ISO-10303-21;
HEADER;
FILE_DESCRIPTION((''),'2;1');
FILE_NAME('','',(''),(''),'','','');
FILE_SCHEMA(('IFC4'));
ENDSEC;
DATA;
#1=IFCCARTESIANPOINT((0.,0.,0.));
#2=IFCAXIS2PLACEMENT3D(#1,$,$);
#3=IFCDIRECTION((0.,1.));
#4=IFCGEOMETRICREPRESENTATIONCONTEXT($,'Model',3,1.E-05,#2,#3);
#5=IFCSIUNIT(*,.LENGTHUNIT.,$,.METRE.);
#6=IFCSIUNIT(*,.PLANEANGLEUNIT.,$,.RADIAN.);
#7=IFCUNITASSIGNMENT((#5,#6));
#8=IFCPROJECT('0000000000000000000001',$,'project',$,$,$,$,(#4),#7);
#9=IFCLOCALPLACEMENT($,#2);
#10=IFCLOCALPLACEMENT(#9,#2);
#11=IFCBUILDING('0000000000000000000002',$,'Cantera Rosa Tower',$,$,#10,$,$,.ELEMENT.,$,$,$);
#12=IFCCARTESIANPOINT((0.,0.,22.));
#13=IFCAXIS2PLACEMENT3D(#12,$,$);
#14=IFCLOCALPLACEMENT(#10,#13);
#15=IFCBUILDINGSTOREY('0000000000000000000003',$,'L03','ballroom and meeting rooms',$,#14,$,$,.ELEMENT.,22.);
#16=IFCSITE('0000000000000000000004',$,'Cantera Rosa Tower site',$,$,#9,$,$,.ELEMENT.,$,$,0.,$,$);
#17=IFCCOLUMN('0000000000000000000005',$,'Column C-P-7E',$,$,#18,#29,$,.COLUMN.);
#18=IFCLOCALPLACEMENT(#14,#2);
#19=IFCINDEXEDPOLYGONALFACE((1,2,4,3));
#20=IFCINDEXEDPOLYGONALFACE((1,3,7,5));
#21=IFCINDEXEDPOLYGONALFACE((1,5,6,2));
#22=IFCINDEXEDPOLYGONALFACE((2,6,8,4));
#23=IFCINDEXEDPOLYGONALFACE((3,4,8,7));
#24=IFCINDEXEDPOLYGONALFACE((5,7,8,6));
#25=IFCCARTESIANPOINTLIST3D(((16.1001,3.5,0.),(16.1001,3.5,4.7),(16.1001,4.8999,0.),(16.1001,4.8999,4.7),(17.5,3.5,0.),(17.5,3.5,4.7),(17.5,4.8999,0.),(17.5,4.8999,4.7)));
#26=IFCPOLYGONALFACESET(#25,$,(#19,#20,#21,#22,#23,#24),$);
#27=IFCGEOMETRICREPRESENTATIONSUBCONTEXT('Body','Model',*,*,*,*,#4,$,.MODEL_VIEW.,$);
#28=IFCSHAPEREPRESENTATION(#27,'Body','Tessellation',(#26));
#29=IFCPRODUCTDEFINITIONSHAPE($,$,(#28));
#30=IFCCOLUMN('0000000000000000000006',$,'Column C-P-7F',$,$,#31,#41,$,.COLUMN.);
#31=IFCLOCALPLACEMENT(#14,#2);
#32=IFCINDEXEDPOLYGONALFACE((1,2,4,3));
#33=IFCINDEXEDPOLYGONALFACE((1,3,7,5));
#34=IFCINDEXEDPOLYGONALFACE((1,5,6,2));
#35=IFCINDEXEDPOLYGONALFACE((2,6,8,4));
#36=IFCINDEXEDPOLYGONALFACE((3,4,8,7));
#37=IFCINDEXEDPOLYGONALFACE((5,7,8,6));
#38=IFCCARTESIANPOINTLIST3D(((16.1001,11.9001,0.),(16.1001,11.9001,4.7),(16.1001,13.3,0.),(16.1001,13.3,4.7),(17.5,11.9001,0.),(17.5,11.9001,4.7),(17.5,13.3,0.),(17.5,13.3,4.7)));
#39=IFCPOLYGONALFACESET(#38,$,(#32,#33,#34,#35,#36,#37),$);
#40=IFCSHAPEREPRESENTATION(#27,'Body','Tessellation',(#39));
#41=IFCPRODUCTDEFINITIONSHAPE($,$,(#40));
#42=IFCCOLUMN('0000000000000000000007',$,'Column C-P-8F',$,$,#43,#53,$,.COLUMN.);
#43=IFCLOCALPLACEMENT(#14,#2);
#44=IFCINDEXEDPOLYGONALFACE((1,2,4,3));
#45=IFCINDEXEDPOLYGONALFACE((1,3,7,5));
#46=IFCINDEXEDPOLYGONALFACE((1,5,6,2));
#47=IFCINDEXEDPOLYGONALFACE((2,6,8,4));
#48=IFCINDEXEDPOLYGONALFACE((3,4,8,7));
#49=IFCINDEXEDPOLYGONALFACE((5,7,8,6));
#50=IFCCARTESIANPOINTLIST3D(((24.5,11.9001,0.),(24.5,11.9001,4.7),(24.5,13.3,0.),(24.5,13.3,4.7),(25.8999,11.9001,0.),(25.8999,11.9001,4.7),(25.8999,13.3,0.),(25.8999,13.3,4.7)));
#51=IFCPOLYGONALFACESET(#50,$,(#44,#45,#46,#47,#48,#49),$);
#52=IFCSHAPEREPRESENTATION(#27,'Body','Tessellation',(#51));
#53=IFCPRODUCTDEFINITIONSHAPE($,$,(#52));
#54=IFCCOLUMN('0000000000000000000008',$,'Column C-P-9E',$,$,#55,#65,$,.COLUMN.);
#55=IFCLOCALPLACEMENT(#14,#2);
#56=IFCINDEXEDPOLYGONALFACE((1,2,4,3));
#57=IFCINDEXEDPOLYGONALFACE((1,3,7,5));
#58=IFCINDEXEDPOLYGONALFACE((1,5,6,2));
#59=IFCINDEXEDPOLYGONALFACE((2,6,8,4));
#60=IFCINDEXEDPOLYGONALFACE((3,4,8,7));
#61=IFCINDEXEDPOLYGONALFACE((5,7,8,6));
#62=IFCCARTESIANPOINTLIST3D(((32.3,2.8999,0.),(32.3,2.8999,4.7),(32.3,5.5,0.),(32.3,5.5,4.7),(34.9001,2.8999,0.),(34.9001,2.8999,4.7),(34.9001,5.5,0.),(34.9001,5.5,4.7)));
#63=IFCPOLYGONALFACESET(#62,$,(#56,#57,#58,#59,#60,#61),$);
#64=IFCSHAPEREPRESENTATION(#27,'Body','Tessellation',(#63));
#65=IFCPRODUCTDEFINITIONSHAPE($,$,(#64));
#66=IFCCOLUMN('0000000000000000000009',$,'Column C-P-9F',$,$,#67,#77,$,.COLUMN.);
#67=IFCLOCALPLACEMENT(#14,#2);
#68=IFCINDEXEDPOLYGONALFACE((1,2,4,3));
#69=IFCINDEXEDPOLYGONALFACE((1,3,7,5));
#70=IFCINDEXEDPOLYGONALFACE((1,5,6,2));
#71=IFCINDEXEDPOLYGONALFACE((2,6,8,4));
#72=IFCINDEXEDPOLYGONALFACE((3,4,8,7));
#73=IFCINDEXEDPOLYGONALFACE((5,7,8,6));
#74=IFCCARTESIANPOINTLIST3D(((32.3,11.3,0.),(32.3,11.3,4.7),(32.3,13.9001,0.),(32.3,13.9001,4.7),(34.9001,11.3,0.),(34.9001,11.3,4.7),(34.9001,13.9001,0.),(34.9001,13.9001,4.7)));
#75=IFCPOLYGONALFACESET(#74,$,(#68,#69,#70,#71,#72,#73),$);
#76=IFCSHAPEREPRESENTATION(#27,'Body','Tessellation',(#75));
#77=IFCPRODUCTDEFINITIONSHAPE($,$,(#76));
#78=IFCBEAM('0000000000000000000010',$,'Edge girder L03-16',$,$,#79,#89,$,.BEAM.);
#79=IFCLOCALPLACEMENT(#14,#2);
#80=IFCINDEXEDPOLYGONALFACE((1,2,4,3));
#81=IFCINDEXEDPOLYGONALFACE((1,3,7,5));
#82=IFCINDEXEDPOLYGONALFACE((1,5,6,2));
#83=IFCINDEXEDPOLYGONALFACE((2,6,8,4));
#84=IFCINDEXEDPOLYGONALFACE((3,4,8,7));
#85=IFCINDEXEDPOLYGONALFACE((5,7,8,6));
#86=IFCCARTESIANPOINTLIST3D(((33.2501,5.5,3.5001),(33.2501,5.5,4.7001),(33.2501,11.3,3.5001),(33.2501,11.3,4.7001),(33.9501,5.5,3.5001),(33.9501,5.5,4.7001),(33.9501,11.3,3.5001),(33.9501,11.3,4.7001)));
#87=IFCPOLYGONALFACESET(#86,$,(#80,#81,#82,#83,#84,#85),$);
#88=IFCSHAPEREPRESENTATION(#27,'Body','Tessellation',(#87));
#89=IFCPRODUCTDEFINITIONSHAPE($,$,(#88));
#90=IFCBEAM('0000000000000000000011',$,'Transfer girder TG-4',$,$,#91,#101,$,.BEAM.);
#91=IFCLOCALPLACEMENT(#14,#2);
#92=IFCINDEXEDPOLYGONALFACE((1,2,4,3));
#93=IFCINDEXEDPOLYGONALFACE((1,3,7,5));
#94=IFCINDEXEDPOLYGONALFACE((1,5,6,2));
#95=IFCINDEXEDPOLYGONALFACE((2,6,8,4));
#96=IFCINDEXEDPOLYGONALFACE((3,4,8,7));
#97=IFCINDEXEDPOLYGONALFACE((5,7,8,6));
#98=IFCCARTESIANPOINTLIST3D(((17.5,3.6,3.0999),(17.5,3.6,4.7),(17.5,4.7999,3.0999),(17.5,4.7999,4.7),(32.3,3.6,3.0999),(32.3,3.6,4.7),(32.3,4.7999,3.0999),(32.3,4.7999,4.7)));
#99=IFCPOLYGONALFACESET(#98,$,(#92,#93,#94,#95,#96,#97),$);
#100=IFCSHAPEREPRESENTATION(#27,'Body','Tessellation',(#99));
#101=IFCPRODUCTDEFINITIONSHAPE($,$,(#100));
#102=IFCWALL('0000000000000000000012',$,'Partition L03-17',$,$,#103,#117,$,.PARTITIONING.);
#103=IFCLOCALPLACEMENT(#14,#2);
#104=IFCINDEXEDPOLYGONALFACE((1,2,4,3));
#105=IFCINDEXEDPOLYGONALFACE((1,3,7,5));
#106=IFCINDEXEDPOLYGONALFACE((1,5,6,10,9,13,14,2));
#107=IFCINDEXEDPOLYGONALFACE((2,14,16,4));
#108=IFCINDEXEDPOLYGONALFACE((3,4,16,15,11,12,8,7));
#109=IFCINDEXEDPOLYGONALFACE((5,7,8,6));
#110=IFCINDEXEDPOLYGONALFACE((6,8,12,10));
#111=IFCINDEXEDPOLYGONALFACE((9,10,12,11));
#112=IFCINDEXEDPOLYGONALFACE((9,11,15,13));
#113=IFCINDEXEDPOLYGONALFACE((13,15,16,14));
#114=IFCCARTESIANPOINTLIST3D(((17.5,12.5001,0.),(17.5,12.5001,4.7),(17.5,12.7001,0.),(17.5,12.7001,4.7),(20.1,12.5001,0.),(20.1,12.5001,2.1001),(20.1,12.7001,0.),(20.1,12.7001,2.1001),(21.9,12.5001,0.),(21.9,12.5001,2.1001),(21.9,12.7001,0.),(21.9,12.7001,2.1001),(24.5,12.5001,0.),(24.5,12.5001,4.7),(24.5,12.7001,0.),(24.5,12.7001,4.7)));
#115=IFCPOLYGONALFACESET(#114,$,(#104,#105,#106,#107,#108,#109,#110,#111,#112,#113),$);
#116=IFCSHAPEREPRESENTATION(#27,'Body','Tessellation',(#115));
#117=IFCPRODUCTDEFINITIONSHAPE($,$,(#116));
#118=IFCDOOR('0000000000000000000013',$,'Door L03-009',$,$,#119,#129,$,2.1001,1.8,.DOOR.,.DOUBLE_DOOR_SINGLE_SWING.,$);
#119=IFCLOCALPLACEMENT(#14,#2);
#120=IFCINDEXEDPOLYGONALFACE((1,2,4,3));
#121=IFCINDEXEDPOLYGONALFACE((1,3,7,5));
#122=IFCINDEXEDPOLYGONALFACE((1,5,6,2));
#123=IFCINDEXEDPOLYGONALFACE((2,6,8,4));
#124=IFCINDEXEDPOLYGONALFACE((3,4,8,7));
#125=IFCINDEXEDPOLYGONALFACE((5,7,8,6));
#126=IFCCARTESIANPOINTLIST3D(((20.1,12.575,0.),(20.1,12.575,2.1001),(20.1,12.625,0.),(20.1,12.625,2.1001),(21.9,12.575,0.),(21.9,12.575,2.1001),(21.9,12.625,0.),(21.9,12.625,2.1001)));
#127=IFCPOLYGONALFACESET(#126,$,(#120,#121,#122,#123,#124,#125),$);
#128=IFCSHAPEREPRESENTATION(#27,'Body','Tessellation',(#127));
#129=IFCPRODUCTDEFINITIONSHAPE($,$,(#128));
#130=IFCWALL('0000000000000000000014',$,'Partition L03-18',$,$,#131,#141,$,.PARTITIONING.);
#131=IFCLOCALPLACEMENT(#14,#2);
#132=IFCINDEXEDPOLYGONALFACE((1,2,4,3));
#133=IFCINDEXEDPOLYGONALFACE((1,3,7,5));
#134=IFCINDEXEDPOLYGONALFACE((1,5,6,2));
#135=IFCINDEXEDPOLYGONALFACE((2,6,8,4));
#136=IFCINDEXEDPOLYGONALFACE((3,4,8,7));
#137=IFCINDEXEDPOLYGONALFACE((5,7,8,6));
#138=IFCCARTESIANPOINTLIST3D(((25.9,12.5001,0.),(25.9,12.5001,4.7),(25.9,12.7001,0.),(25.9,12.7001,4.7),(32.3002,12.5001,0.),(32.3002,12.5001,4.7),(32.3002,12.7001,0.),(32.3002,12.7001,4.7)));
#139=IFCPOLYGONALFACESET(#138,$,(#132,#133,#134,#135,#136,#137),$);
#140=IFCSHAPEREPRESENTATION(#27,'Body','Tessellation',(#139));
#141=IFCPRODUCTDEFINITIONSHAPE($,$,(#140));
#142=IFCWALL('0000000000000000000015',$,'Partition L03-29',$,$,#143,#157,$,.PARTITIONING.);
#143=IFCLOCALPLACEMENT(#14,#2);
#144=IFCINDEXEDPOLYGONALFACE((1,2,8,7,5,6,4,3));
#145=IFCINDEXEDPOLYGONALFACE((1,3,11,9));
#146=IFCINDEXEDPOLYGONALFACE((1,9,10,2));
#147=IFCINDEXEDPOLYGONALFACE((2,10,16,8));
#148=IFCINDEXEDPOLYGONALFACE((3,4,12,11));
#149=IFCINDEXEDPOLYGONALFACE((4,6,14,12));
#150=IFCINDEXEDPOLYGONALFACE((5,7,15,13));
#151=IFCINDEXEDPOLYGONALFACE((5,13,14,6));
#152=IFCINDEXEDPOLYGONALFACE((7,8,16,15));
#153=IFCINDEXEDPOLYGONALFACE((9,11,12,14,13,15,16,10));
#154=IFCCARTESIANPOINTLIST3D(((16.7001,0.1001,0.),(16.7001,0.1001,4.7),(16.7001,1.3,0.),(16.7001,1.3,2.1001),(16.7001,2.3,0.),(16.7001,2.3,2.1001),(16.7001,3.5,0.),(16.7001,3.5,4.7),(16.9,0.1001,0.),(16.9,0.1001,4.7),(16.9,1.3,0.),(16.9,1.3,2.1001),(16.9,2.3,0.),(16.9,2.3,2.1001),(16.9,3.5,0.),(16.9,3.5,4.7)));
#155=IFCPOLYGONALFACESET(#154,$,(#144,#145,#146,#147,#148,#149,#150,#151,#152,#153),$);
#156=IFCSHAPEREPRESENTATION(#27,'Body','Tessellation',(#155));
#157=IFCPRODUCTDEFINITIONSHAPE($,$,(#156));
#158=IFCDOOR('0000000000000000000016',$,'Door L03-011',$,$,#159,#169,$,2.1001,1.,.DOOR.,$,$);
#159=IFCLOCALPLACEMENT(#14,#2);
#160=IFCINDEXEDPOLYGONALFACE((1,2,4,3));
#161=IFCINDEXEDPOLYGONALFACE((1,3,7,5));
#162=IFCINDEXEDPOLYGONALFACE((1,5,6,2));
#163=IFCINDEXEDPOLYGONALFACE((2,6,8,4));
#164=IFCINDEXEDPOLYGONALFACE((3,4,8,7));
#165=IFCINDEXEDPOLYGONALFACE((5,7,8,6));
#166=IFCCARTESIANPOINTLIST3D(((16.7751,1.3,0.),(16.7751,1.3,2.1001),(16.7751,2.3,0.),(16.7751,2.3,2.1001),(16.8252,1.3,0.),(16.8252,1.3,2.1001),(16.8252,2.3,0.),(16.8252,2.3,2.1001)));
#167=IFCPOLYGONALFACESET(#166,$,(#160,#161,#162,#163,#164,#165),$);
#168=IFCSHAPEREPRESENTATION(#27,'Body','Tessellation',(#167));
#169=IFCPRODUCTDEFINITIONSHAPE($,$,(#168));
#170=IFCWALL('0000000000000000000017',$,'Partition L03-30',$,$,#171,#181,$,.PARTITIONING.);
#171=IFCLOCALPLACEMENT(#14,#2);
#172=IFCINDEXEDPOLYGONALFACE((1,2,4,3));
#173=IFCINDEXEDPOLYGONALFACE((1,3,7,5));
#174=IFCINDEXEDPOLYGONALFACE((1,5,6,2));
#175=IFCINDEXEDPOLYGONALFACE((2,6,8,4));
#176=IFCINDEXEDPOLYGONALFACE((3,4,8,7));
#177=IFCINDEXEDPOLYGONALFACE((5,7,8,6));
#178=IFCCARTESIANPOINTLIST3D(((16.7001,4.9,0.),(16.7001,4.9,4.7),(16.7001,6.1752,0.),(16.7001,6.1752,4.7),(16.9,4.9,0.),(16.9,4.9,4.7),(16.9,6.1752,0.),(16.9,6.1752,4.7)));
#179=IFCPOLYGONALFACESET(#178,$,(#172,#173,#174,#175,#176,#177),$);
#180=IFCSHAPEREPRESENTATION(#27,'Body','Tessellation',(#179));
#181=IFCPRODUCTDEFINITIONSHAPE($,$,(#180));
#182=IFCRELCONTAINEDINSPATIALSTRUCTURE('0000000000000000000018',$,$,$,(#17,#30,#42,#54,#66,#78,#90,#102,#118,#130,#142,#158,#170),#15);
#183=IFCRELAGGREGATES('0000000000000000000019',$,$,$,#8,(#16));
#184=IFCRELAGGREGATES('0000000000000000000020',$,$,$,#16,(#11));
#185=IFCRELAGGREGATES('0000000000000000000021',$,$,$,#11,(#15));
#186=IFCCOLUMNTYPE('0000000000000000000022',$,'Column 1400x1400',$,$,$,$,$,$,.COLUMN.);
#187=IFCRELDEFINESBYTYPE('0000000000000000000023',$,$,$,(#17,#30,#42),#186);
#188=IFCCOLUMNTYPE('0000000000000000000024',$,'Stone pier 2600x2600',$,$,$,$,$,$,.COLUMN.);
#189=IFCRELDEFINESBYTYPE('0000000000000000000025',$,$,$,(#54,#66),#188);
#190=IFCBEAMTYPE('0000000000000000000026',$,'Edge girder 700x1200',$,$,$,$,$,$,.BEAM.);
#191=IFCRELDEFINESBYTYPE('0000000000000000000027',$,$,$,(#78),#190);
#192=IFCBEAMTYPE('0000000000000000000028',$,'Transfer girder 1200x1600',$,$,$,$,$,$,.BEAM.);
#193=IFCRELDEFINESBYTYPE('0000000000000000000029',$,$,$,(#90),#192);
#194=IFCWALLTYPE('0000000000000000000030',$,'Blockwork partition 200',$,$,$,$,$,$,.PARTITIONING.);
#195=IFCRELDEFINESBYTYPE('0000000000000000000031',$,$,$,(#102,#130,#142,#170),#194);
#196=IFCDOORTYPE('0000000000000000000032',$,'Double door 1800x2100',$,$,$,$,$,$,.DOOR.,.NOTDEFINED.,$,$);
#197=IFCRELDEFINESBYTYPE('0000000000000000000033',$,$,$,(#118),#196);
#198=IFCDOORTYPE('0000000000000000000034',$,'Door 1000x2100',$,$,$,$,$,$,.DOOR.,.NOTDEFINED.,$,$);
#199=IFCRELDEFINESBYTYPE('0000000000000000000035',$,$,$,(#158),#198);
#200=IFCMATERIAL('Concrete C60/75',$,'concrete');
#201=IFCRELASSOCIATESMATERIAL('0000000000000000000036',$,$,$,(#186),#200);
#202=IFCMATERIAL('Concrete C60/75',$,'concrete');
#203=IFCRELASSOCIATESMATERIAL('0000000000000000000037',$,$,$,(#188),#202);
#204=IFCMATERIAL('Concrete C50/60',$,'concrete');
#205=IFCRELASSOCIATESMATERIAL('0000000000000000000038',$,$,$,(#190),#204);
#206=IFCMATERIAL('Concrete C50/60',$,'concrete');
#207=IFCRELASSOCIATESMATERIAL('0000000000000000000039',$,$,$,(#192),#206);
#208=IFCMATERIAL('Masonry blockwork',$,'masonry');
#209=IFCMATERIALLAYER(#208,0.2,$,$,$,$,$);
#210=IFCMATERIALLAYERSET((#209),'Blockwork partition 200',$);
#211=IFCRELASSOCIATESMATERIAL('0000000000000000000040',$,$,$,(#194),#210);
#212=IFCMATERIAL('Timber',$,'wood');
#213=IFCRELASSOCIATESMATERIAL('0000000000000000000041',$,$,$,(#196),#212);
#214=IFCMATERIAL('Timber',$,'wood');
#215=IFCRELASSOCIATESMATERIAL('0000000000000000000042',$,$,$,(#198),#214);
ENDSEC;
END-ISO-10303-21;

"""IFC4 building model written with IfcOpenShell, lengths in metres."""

from ifc_helpers import new_model, si_unit, direction, frame, frame_2d, origin, origin_2d, place, context, subcontext, project, spatial, rectangle, extrude, material, layer, layer_set, material_profile, profile_set, type_object, element, fill, save


model = new_model("IFC4")

# Units and contexts
model_context = context("Model", 3, precision=1e-05, world=origin(), true_north=direction((0.0, 1.0)))
body_context = subcontext(model_context, "Body", "Model", "MODEL_VIEW")
ifc_project = project(units=[si_unit("LENGTHUNIT", "METRE"), si_unit("PLANEANGLEUNIT", "RADIAN")], contexts=[model_context])

# Site, building, storey
site_placement = place(None, origin())
site = spatial("IfcSite", under=ifc_project, at=site_placement, Name="Cantera Rosa Tower site", CompositionType="ELEMENT", RefElevation=0.0)
building_placement = place(site_placement, origin())
building = spatial("IfcBuilding", under=site, at=building_placement, Name="Cantera Rosa Tower", CompositionType="ELEMENT")
storey_placement = place(building_placement, frame((0.0, 0.0, 22.0)))
storey = spatial("IfcBuildingStorey", under=building, at=storey_placement, Name="L03", Description="ballroom and meeting rooms", CompositionType="ELEMENT", Elevation=22.0)

# Columns
ifc_material_1 = material(Name="Concrete C60/75", Category="concrete")
ifc_material_profile_1 = material_profile(ifc_material_1, rectangle(XDim=1.3999, YDim=1.3999, at=origin_2d()), Name="Column 1400x1400")
ifc_profile_set_1 = profile_set([ifc_material_profile_1], Name="Concrete C60/75")
column_type_1 = type_object("IfcColumnType", Name="Column 1400x1400", PredefinedType="COLUMN", material=ifc_profile_set_1)
for number, where, z_axis, x_axis, name in (
    (1, (16.8, 4.2, 0.0), (0.0, 0.0, 1.0), (1.0, 0.0, 0.0), "Column C-P-7E"),
    (2, (16.8, 12.6001, 0.0), (0.0, 0.0, 1.0), (1.0, 0.0, 0.0), "Column C-P-7F"),
    (3, (25.2, 12.6001, 0.0), (0.0, 0.0, 1.0), (1.0, 0.0, 0.0), "Column C-P-8F"),
):
    element("IfcColumn", number, at=place(storey_placement, frame(where, z_axis=z_axis, x_axis=x_axis)), inside=storey, type_object=column_type_1, Name=name, PredefinedType="COLUMN", context=body_context, shape_type="SweptSolid", body=[
        extrude(rectangle(XDim=1.3999, YDim=1.3999, at=origin_2d()), origin(), (0.0, 0.0, 1.0), 4.7),
    ])
ifc_material_2 = material(Name="Concrete C60/75", Category="concrete")
ifc_material_profile_2 = material_profile(ifc_material_2, rectangle(XDim=2.6001, YDim=2.6001, at=origin_2d()), Name="Stone pier 2600x2600")
ifc_profile_set_2 = profile_set([ifc_material_profile_2], Name="Concrete C60/75")
column_type_2 = type_object("IfcColumnType", Name="Stone pier 2600x2600", PredefinedType="COLUMN", material=ifc_profile_set_2)
for number, where, z_axis, x_axis, name in (
    (4, (33.6001, 4.2, 0.0), (0.0, 0.0, 1.0), (1.0, 0.0, 0.0), "Column C-P-9E"),
    (5, (33.6001, 12.6001, 0.0), (0.0, 0.0, 1.0), (1.0, 0.0, 0.0), "Column C-P-9F"),
):
    element("IfcColumn", number, at=place(storey_placement, frame(where, z_axis=z_axis, x_axis=x_axis)), inside=storey, type_object=column_type_2, Name=name, PredefinedType="COLUMN", context=body_context, shape_type="SweptSolid", body=[
        extrude(rectangle(XDim=2.6001, YDim=2.6001, at=origin_2d()), origin(), (0.0, 0.0, 1.0), 4.7),
    ])

# Beams
ifc_material_3 = material(Name="Concrete C50/60", Category="concrete")
ifc_material_profile_3 = material_profile(ifc_material_3, rectangle(XDim=0.7, YDim=1.2, at=origin_2d()), Name="Edge girder 700x1200")
ifc_profile_set_3 = profile_set([ifc_material_profile_3], Name="Concrete C50/60")
beam_type_1 = type_object("IfcBeamType", Name="Edge girder 700x1200", PredefinedType="BEAM", material=ifc_profile_set_3)
beam_1_placement = place(storey_placement, frame((33.6001, 5.5, 4.1001), z_axis=(0.0, 1.0, 0.0), x_axis=(-1.0, 0.0, 0.0)))
element("IfcBeam", 6, at=beam_1_placement, inside=storey, type_object=beam_type_1, Name="Edge girder L03-16", PredefinedType="BEAM", context=body_context, shape_type="SweptSolid", body=[
    extrude(rectangle(XDim=0.7, YDim=1.2, at=origin_2d()), origin(), (0.0, 0.0, 1.0), 5.8),
])
ifc_material_4 = material(Name="Concrete C50/60", Category="concrete")
ifc_material_profile_4 = material_profile(ifc_material_4, rectangle(XDim=1.2, YDim=1.6001, at=origin_2d()), Name="Transfer girder 1200x1600")
ifc_profile_set_4 = profile_set([ifc_material_profile_4], Name="Concrete C50/60")
beam_type_2 = type_object("IfcBeamType", Name="Transfer girder 1200x1600", PredefinedType="BEAM", material=ifc_profile_set_4)
beam_2_placement = place(storey_placement, frame((17.5, 4.2, 3.8999), z_axis=(1.0, 0.0, 0.0), x_axis=(0.0, 1.0, 0.0)))
element("IfcBeam", 7, at=beam_2_placement, inside=storey, type_object=beam_type_2, Name="Transfer girder TG-4", PredefinedType="BEAM", context=body_context, shape_type="SweptSolid", body=[
    extrude(rectangle(XDim=1.2, YDim=1.6001, at=origin_2d()), origin(), (0.0, 0.0, 1.0), 14.8),
])

# Wall, opening, door
ifc_material_5 = material(Name="Masonry blockwork", Category="masonry")
ifc_layer_1 = layer(ifc_material_5, 0.2)
ifc_layer_set_1 = layer_set([ifc_layer_1], Name="Blockwork partition 200")
wall_type_1 = type_object("IfcWallType", Name="Blockwork partition 200", PredefinedType="PARTITIONING", material=ifc_layer_set_1)
wall_1_placement = place(storey_placement, frame((17.5, 12.6001, 0.0), z_axis=(0.0, 0.0, 1.0), x_axis=(1.0, 0.0, 0.0)))
wall_1 = element("IfcWall", 8, at=wall_1_placement, inside=storey, type_object=wall_type_1, Name="Partition L03-17", PredefinedType="PARTITIONING", context=body_context, shape_type="SweptSolid", body=[
    extrude(rectangle(XDim=7.0, YDim=0.2, at=frame_2d((3.5, 0.0))), origin(), (0.0, 0.0, 1.0), 4.7),
])
opening_1_placement = place(wall_1_placement, frame((2.6001, 0.0, 0.0)))
opening_1 = element("IfcOpeningElement", 9, at=opening_1_placement, cuts=wall_1, PredefinedType="OPENING", context=body_context, shape_type="SweptSolid", body=[
    extrude(rectangle(XDim=1.8, YDim=2.1001, at=frame_2d((0.8999, 1.05))), frame((0.0, 0.1099, 0.0), z_axis=(0.0, -1.0, 0.0), x_axis=(1.0, 0.0, 0.0)), (0.0, 0.0, 1.0), 0.22),
])
ifc_material_6 = material(Name="Timber", Category="wood")
door_type_1 = type_object("IfcDoorType", Name="Double door 1800x2100", OperationType="NOTDEFINED", PredefinedType="DOOR", material=ifc_material_6)
door_1_placement = place(opening_1_placement, origin())
door_1 = element("IfcDoor", 10, at=door_1_placement, inside=storey, type_object=door_type_1, Name="Door L03-009", OperationType="DOUBLE_DOOR_SINGLE_SWING", OverallHeight=2.1001, OverallWidth=1.8, PredefinedType="DOOR", context=body_context, shape_type="SweptSolid", body=[
    extrude(rectangle(XDim=1.8, YDim=2.1001, at=frame_2d((0.8999, 1.05))), frame((0.0, 0.0249, 0.0), z_axis=(0.0, -1.0, 0.0), x_axis=(1.0, 0.0, 0.0)), (0.0, 0.0, 1.0), 0.05),
])
fill(opening_1, door_1)

# Wall
wall_2_placement = place(storey_placement, frame((25.8999, 12.6001, 0.0), z_axis=(0.0, 0.0, 1.0), x_axis=(1.0, 0.0, 0.0)))
element("IfcWall", 11, at=wall_2_placement, inside=storey, type_object=wall_type_1, Name="Partition L03-18", PredefinedType="PARTITIONING", context=body_context, shape_type="SweptSolid", body=[
    extrude(rectangle(XDim=6.4001, YDim=0.2, at=frame_2d((3.2002, 0.0))), origin(), (0.0, 0.0, 1.0), 4.7),
])

# Wall, opening, door
wall_3_placement = place(storey_placement, frame((16.8, 0.1001, 0.0), z_axis=(0.0, 0.0, 1.0), x_axis=(0.0, 1.0, 0.0)))
wall_3 = element("IfcWall", 12, at=wall_3_placement, inside=storey, type_object=wall_type_1, Name="Partition L03-29", PredefinedType="PARTITIONING", context=body_context, shape_type="SweptSolid", body=[
    extrude(rectangle(XDim=3.3999, YDim=0.2, at=frame_2d((1.7, 0.0))), origin(), (0.0, 0.0, 1.0), 4.7),
])
opening_2_placement = place(wall_3_placement, frame((1.2, 0.0, 0.0)))
opening_2 = element("IfcOpeningElement", 13, at=opening_2_placement, cuts=wall_3, PredefinedType="OPENING", context=body_context, shape_type="SweptSolid", body=[
    extrude(rectangle(XDim=1.0, YDim=2.1001, at=frame_2d((0.5, 1.05))), frame((0.0, 0.1099, 0.0), z_axis=(0.0, -1.0, 0.0), x_axis=(1.0, 0.0, 0.0)), (0.0, 0.0, 1.0), 0.22),
])
ifc_material_7 = material(Name="Timber", Category="wood")
door_type_2 = type_object("IfcDoorType", Name="Door 1000x2100", OperationType="NOTDEFINED", PredefinedType="DOOR", material=ifc_material_7)
door_2_placement = place(opening_2_placement, origin())
door_2 = element("IfcDoor", 14, at=door_2_placement, inside=storey, type_object=door_type_2, Name="Door L03-011", OverallHeight=2.1001, OverallWidth=1.0, PredefinedType="DOOR", context=body_context, shape_type="SweptSolid", body=[
    extrude(rectangle(XDim=1.0, YDim=2.1001, at=frame_2d((0.5, 1.05))), frame((0.0, 0.0249, 0.0), z_axis=(0.0, -1.0, 0.0), x_axis=(1.0, 0.0, 0.0)), (0.0, 0.0, 1.0), 0.05),
])
fill(opening_2, door_2)

# Wall
wall_4_placement = place(storey_placement, frame((16.8, 4.8999, 0.0), z_axis=(0.0, 0.0, 1.0), x_axis=(0.0, 1.0, 0.0)))
element("IfcWall", 15, at=wall_4_placement, inside=storey, type_object=wall_type_1, Name="Partition L03-30", PredefinedType="PARTITIONING", context=body_context, shape_type="SweptSolid", body=[
    extrude(rectangle(XDim=1.2751, YDim=0.2, at=frame_2d((0.6377, 0.0))), origin(), (0.0, 0.0, 1.0), 4.7),
])

save(model, "model.ifc")
